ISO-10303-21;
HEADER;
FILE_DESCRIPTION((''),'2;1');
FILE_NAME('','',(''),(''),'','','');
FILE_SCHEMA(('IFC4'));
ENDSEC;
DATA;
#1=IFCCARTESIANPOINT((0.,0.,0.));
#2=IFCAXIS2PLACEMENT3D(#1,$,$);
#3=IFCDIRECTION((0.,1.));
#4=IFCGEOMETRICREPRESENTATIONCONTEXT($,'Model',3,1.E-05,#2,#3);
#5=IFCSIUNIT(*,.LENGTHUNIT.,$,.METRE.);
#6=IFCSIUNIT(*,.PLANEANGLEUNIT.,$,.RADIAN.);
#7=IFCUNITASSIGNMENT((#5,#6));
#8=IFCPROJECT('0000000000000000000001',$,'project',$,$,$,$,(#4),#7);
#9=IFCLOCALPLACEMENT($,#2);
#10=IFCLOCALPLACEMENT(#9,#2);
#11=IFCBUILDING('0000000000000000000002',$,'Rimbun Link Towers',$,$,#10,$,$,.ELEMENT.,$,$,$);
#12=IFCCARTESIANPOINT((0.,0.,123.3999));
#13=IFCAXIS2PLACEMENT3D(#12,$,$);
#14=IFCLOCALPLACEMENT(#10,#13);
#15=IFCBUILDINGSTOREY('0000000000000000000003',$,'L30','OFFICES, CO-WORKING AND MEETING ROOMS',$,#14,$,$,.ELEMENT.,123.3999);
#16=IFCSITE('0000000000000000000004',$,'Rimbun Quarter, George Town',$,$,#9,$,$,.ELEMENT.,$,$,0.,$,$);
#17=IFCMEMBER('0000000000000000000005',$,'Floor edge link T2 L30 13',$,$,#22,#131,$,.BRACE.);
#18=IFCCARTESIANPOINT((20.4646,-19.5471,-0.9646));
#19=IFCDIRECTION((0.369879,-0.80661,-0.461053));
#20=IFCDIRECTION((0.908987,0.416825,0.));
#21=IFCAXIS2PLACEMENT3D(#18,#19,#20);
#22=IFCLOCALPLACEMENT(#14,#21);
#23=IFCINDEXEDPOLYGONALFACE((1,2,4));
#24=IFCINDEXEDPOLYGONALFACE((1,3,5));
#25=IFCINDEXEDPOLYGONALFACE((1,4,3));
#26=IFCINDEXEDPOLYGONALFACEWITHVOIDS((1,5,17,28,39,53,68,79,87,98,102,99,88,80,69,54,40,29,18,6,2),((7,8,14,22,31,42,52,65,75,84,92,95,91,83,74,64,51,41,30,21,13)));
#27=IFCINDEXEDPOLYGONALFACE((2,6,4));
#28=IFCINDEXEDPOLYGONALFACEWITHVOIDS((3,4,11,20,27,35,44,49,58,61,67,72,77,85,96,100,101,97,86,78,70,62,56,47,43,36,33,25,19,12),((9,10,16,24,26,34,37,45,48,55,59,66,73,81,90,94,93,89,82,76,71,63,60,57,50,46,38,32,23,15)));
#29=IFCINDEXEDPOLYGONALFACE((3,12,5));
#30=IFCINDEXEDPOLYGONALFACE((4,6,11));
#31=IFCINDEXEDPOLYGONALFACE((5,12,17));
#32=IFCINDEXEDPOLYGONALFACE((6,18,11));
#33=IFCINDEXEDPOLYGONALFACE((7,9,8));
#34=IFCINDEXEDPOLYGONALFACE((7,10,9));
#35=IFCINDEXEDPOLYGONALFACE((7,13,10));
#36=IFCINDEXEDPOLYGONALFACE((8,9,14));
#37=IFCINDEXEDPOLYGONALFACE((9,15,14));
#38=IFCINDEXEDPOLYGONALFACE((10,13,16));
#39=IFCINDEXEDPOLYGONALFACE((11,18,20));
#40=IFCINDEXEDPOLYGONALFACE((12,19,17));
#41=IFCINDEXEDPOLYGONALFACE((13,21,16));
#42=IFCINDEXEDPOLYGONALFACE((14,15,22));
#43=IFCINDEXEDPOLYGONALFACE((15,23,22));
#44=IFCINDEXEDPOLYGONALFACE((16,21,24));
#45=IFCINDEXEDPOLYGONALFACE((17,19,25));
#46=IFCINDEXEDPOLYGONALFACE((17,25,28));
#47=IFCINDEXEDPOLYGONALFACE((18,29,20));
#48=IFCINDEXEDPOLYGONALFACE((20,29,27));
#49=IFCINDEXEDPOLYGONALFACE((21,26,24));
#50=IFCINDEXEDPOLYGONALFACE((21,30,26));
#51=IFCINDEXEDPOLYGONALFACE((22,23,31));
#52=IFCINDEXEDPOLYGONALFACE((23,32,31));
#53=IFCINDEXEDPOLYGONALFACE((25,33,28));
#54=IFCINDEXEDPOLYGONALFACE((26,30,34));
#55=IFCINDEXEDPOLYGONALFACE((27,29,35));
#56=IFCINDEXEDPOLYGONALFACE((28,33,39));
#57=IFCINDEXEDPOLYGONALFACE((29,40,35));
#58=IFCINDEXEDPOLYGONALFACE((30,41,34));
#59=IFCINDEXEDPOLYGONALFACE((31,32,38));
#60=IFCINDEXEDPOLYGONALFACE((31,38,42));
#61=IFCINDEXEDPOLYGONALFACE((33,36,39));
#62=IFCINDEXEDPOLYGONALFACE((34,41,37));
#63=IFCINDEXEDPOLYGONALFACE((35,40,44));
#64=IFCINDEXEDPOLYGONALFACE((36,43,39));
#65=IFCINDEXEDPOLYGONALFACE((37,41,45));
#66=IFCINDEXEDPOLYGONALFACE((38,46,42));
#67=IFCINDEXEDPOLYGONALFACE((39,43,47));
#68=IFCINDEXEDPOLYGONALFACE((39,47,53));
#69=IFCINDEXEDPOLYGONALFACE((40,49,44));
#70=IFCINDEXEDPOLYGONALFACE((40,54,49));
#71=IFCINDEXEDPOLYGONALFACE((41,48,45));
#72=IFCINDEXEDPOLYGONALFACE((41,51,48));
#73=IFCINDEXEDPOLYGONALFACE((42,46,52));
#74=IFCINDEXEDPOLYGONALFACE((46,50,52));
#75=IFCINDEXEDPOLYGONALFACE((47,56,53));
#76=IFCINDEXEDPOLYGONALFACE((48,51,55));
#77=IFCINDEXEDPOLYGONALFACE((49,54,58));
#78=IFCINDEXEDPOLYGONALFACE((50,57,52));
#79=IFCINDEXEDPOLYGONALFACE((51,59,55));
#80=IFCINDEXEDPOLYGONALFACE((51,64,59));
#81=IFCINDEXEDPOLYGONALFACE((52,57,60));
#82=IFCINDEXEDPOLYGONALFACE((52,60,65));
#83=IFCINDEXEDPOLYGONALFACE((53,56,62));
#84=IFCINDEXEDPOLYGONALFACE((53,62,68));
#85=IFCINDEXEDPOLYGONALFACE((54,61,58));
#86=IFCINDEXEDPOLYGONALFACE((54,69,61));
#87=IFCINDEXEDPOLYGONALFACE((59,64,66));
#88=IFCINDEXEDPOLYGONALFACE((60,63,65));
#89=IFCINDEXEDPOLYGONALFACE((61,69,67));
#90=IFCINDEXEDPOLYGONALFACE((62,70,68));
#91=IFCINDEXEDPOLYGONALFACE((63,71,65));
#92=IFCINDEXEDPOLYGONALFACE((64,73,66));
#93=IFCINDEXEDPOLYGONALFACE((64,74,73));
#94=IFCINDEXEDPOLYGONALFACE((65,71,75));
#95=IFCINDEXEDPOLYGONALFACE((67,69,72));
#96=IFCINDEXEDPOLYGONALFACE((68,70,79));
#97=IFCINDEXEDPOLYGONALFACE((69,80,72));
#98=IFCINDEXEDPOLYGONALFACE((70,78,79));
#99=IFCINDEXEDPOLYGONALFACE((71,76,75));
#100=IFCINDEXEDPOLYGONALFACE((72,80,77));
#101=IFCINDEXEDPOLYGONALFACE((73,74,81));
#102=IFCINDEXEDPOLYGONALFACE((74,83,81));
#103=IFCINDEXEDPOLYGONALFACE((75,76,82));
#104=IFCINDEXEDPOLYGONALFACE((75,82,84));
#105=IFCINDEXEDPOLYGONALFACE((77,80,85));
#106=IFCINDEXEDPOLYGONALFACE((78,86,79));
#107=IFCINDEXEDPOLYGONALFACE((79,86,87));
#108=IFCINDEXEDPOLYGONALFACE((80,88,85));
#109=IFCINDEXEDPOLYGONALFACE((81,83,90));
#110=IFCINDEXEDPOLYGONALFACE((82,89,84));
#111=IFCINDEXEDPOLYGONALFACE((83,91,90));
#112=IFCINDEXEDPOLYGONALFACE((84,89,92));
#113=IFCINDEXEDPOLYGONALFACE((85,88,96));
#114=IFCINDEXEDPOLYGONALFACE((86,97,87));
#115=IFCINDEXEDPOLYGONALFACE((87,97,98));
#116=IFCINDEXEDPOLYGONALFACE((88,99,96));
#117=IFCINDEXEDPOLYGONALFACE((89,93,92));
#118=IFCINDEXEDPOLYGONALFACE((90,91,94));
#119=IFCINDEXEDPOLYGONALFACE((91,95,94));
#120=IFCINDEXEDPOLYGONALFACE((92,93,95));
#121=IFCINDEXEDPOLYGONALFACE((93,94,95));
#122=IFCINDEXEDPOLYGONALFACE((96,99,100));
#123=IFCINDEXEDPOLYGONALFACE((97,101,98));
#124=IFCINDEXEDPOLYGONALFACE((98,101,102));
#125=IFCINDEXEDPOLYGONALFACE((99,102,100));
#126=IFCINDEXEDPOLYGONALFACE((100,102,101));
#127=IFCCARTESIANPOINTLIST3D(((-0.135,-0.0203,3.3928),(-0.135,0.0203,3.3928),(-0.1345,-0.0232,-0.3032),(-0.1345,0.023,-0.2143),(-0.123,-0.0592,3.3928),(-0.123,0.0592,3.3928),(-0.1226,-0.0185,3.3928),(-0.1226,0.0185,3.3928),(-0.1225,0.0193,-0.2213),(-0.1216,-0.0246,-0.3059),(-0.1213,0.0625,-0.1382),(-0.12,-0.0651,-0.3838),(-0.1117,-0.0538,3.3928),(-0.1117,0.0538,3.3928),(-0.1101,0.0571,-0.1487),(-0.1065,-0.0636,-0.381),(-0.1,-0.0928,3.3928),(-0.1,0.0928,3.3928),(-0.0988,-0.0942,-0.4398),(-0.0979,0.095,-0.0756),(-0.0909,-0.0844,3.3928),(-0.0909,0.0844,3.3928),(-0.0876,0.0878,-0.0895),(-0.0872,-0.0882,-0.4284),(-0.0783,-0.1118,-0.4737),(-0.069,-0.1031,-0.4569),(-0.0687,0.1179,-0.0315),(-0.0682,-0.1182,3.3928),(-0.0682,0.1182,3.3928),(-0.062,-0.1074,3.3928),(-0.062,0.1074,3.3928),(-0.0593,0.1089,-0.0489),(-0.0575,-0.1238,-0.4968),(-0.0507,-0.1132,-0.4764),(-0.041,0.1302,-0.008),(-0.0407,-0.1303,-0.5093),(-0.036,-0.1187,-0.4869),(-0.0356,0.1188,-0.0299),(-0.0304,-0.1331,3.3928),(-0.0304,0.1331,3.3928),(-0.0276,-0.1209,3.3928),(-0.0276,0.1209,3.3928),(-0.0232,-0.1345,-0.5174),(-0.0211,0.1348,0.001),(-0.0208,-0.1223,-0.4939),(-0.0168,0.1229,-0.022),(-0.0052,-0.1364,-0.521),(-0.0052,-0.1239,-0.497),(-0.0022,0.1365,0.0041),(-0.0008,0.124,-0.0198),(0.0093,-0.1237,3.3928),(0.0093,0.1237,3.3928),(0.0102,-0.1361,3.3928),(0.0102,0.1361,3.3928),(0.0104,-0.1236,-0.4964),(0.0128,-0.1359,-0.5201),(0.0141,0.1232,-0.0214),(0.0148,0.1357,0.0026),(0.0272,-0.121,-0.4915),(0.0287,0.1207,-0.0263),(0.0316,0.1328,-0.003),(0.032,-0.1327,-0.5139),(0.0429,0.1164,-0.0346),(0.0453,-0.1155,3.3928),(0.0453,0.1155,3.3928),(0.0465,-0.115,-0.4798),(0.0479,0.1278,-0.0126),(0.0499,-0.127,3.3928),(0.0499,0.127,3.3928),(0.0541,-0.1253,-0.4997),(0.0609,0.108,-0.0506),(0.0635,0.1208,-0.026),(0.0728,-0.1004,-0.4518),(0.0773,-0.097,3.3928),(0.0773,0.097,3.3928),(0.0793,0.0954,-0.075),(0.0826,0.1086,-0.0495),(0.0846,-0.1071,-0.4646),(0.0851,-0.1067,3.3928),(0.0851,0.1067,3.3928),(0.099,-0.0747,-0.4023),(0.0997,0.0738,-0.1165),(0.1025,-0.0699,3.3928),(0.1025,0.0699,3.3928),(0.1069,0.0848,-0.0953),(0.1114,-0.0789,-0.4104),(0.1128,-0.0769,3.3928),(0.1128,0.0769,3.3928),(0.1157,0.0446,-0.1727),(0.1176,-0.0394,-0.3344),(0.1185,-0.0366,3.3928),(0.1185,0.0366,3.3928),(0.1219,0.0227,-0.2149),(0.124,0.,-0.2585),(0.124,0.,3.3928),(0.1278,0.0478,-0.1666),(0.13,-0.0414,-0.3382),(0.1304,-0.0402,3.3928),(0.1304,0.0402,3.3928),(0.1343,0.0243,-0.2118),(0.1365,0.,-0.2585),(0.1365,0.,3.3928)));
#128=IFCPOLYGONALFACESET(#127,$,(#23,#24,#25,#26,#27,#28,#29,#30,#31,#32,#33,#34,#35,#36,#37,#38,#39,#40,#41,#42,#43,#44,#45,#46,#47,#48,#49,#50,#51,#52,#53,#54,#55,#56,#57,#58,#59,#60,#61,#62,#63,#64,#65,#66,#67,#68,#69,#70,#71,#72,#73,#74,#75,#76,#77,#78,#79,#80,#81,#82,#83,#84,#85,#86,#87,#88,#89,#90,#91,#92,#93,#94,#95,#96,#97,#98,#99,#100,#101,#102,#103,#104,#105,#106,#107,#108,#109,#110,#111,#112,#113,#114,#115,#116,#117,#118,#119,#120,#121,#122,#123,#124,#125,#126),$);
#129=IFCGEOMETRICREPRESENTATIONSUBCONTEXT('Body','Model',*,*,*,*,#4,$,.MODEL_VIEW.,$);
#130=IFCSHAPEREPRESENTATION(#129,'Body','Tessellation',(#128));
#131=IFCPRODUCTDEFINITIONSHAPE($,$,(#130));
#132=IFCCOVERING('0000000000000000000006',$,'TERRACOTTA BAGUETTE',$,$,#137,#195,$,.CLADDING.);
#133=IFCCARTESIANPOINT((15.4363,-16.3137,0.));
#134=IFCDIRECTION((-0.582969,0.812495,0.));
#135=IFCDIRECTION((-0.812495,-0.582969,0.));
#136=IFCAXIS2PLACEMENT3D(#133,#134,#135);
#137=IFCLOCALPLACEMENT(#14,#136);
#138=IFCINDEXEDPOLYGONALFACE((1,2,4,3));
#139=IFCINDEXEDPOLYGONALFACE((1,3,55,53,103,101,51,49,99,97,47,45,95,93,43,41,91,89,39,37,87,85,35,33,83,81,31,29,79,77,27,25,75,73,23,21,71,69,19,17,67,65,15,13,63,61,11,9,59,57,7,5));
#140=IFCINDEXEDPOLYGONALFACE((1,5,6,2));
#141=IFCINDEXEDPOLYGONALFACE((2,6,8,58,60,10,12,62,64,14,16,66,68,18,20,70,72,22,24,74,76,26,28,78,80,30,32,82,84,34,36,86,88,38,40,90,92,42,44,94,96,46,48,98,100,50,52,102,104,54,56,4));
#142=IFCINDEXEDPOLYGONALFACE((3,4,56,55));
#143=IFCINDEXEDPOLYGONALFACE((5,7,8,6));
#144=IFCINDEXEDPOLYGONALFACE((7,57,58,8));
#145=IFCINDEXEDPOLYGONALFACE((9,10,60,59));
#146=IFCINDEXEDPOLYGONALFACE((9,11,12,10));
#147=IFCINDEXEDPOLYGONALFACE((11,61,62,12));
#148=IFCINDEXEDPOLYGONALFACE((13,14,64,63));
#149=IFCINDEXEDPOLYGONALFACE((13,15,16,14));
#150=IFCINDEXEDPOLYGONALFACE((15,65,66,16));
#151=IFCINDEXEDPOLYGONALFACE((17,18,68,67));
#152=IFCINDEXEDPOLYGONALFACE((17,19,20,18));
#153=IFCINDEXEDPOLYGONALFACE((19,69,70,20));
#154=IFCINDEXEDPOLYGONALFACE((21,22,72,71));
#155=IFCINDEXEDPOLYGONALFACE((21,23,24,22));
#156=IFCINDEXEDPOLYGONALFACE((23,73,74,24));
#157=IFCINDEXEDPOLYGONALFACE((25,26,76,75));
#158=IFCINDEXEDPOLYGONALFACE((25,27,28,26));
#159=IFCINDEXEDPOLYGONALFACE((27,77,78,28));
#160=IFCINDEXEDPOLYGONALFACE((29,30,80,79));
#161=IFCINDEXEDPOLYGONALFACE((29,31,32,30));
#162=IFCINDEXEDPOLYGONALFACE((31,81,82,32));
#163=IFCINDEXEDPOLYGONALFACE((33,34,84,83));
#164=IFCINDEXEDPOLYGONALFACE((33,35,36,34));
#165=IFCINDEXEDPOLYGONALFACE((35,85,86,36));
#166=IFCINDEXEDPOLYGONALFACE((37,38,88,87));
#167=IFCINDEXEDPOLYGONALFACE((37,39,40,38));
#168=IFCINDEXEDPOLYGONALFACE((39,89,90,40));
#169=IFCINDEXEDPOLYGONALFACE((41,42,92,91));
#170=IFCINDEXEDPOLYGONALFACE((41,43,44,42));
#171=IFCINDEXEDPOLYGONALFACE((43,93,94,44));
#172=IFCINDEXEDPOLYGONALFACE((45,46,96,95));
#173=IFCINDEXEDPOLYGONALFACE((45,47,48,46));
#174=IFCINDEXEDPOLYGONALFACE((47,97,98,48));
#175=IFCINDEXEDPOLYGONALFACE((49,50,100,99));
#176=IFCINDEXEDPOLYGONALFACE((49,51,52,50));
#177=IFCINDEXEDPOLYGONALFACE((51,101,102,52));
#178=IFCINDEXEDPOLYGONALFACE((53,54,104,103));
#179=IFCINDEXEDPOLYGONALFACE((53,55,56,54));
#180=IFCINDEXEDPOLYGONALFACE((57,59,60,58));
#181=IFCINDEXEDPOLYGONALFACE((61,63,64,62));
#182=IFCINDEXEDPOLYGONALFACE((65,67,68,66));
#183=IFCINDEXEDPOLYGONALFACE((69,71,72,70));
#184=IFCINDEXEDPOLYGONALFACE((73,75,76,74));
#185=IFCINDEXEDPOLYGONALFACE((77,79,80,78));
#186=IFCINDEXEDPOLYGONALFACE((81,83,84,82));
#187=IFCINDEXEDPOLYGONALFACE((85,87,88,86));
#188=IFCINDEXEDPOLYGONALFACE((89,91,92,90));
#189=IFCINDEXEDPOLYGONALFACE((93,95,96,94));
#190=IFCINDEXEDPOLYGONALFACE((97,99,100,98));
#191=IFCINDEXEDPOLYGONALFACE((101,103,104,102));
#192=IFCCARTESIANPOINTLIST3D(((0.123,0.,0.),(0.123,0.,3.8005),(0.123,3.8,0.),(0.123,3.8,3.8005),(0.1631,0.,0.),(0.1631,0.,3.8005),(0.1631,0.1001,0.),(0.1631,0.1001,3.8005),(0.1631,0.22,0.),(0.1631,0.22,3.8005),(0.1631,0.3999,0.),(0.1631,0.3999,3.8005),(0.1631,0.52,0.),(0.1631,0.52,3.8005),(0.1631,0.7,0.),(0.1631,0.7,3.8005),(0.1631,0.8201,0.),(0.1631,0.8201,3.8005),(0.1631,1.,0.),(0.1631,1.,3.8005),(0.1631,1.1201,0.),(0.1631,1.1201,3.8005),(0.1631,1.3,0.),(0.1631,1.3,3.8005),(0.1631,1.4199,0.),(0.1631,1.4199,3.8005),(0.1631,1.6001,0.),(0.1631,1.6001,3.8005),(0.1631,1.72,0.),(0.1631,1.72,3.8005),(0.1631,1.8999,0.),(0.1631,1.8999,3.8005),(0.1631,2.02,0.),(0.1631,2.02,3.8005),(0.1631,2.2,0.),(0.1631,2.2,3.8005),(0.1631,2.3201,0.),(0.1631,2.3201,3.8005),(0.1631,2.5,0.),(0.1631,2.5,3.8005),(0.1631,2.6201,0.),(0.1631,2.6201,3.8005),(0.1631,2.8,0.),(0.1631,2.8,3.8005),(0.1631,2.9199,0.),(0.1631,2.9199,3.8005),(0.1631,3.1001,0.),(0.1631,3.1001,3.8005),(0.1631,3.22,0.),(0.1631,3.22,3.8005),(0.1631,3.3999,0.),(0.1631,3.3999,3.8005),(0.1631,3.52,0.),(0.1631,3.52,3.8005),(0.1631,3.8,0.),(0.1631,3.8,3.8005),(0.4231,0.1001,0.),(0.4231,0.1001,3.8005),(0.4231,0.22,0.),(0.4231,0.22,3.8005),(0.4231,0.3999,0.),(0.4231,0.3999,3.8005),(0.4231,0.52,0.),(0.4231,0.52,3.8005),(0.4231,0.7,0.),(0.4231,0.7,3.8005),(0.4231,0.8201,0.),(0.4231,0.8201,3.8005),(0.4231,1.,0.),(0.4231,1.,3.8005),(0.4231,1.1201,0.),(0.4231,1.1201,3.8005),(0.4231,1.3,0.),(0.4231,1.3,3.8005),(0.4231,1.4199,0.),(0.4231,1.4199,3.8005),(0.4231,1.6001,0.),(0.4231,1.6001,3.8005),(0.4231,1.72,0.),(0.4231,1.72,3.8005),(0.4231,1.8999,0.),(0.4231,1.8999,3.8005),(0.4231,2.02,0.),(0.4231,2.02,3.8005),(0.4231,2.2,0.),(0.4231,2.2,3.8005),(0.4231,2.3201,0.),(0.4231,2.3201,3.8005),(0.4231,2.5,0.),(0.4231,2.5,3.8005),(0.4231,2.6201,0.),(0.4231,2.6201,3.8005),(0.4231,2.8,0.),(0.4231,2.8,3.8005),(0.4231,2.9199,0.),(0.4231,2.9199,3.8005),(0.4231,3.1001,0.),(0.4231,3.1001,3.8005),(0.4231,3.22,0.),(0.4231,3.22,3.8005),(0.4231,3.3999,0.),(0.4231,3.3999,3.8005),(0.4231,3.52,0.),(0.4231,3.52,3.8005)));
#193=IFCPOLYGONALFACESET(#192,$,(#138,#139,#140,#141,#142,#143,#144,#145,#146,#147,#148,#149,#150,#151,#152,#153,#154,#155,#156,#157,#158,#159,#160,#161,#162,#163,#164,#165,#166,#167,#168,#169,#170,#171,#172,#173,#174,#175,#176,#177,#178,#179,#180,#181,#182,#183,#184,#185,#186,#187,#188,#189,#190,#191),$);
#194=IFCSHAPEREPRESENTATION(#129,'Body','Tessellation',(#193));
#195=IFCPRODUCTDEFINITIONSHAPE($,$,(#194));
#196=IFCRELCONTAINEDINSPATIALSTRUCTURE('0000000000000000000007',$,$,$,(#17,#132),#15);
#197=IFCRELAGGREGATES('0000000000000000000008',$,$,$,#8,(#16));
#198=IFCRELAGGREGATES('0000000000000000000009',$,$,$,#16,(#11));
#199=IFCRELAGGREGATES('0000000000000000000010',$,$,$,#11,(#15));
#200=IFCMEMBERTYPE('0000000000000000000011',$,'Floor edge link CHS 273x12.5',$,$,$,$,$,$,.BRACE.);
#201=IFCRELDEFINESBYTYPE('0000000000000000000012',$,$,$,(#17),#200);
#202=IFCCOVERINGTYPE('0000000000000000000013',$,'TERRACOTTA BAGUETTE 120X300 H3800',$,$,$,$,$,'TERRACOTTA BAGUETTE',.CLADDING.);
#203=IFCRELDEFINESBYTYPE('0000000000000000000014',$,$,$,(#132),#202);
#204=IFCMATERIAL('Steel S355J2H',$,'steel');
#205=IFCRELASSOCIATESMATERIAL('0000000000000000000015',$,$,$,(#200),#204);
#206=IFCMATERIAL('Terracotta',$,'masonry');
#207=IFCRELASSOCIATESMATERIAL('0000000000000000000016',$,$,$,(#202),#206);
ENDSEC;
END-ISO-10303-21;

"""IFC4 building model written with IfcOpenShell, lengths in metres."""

from ifc_helpers import new_model, si_unit, direction, frame, origin, origin_2d, place, context, subcontext, project, spatial, polyline, hollow_circle, outline, extrude, clip, halfspace, material, material_profile, profile_set, type_object, element, save


model = new_model("IFC4")

# Units and contexts
model_context = context("Model", 3, precision=1e-05, world=origin(), true_north=direction((0.0, 1.0)))
body_context = subcontext(model_context, "Body", "Model", "MODEL_VIEW")
ifc_project = project(units=[si_unit("LENGTHUNIT", "METRE"), si_unit("PLANEANGLEUNIT", "RADIAN")], contexts=[model_context])

# Site, building, storey
site_placement = place(None, origin())
site = spatial("IfcSite", under=ifc_project, at=site_placement, Name="Rimbun Quarter, George Town", CompositionType="ELEMENT", RefElevation=0.0)
building_placement = place(site_placement, origin())
building = spatial("IfcBuilding", under=site, at=building_placement, Name="Rimbun Link Towers", CompositionType="ELEMENT")
storey_placement = place(building_placement, frame((0.0, 0.0, 123.3999)))
storey = spatial("IfcBuildingStorey", under=building, at=storey_placement, Name="L30", Description="OFFICES, CO-WORKING AND MEETING ROOMS", CompositionType="ELEMENT", Elevation=123.3999)

# Member
ifc_material_1 = material(Name="Steel S355J2H", Category="steel")
ifc_material_profile_1 = material_profile(ifc_material_1, hollow_circle(Radius=0.1365, WallThickness=0.0125, at=origin_2d()), Name="CHS 273x12.5")
ifc_profile_set_1 = profile_set([ifc_material_profile_1], Name="Steel S355J2H")
member_type_1 = type_object("IfcMemberType", Name="Floor edge link CHS 273x12.5", PredefinedType="BRACE", material=ifc_profile_set_1)
member_1_placement = place(storey_placement, frame((20.4646, -19.5471, -0.9646), z_axis=(0.369879, -0.80661, -0.461053), x_axis=(0.908987, 0.416825, 0.0)))
element("IfcMember", 1, at=member_1_placement, inside=storey, type_object=member_type_1, Name="Floor edge link T2 L30 13", PredefinedType="BRACE", context=body_context, shape_type="Clipping", body=[
    clip(extrude(hollow_circle(Radius=0.1365, WallThickness=0.0125, at=origin_2d()), frame((0.0, 0.0, -0.5471)), (0.0, 0.0, 1.0), 3.9399), halfspace(frame((0.0, 0.0, -0.2585), z_axis=(0.0, 0.887372, -0.461053)), False)),
])

# Covering
ifc_material_2 = material(Name="Terracotta", Category="masonry")
ifc_material_profile_2 = material_profile(ifc_material_2, outline(polyline([(0.123, 0.0), (0.1631, 0.0), (0.1631, 0.1001), (0.4231, 0.1001), (0.4231, 0.22), (0.1631, 0.22), (0.1631, 0.3999), (0.4231, 0.3999), (0.4231, 0.52), (0.1631, 0.52), (0.1631, 0.7), (0.4231, 0.7), (0.4231, 0.8201), (0.1631, 0.8201), (0.1631, 1.0), (0.4231, 1.0), (0.4231, 1.1201), (0.1631, 1.1201), (0.1631, 1.3), (0.4231, 1.3), (0.4231, 1.4199), (0.1631, 1.4199), (0.1631, 1.6001), (0.4231, 1.6001), (0.4231, 1.72), (0.1631, 1.72), (0.1631, 1.8999), (0.4231, 1.8999), (0.4231, 2.02), (0.1631, 2.02), (0.1631, 2.2), (0.4231, 2.2), (0.4231, 2.3201), (0.1631, 2.3201), (0.1631, 2.5), (0.4231, 2.5), (0.4231, 2.6201), (0.1631, 2.6201), (0.1631, 2.8), (0.4231, 2.8), (0.4231, 2.9199), (0.1631, 2.9199), (0.1631, 3.1001), (0.4231, 3.1001), (0.4231, 3.22), (0.1631, 3.22), (0.1631, 3.3999), (0.4231, 3.3999), (0.4231, 3.52), (0.1631, 3.52), (0.1631, 3.8), (0.123, 3.8), (0.123, 0.0)])), Name="BAGUETTE 120X300")
ifc_profile_set_2 = profile_set([ifc_material_profile_2], Name="Terracotta")
covering_type = type_object("IfcCoveringType", Name="TERRACOTTA BAGUETTE 120X300 H3800", ElementType="TERRACOTTA BAGUETTE", PredefinedType="CLADDING", material=ifc_profile_set_2)
covering_1_placement = place(storey_placement, frame((15.4363, -16.3137, 0.0), z_axis=(-0.582969, 0.812495, 0.0), x_axis=(-0.812495, -0.582969, 0.0)))
element("IfcCovering", 2, at=covering_1_placement, inside=storey, type_object=covering_type, Name="TERRACOTTA BAGUETTE", PredefinedType="CLADDING", context=body_context, shape_type="SweptSolid", body=[
    extrude(outline(polyline([(0.123, 0.0), (0.1631, 0.0), (0.1631, 0.1001), (0.4231, 0.1001), (0.4231, 0.22), (0.1631, 0.22), (0.1631, 0.3999), (0.4231, 0.3999), (0.4231, 0.52), (0.1631, 0.52), (0.1631, 0.7), (0.4231, 0.7), (0.4231, 0.8201), (0.1631, 0.8201), (0.1631, 1.0), (0.4231, 1.0), (0.4231, 1.1201), (0.1631, 1.1201), (0.1631, 1.3), (0.4231, 1.3), (0.4231, 1.4199), (0.1631, 1.4199), (0.1631, 1.6001), (0.4231, 1.6001), (0.4231, 1.72), (0.1631, 1.72), (0.1631, 1.8999), (0.4231, 1.8999), (0.4231, 2.02), (0.1631, 2.02), (0.1631, 2.2), (0.4231, 2.2), (0.4231, 2.3201), (0.1631, 2.3201), (0.1631, 2.5), (0.4231, 2.5), (0.4231, 2.6201), (0.1631, 2.6201), (0.1631, 2.8), (0.4231, 2.8), (0.4231, 2.9199), (0.1631, 2.9199), (0.1631, 3.1001), (0.4231, 3.1001), (0.4231, 3.22), (0.1631, 3.22), (0.1631, 3.3999), (0.4231, 3.3999), (0.4231, 3.52), (0.1631, 3.52), (0.1631, 3.8), (0.123, 3.8), (0.123, 0.0)])), origin(), (0.0, 0.0, 1.0), 3.8005),
])

save(model, "model.ifc")
